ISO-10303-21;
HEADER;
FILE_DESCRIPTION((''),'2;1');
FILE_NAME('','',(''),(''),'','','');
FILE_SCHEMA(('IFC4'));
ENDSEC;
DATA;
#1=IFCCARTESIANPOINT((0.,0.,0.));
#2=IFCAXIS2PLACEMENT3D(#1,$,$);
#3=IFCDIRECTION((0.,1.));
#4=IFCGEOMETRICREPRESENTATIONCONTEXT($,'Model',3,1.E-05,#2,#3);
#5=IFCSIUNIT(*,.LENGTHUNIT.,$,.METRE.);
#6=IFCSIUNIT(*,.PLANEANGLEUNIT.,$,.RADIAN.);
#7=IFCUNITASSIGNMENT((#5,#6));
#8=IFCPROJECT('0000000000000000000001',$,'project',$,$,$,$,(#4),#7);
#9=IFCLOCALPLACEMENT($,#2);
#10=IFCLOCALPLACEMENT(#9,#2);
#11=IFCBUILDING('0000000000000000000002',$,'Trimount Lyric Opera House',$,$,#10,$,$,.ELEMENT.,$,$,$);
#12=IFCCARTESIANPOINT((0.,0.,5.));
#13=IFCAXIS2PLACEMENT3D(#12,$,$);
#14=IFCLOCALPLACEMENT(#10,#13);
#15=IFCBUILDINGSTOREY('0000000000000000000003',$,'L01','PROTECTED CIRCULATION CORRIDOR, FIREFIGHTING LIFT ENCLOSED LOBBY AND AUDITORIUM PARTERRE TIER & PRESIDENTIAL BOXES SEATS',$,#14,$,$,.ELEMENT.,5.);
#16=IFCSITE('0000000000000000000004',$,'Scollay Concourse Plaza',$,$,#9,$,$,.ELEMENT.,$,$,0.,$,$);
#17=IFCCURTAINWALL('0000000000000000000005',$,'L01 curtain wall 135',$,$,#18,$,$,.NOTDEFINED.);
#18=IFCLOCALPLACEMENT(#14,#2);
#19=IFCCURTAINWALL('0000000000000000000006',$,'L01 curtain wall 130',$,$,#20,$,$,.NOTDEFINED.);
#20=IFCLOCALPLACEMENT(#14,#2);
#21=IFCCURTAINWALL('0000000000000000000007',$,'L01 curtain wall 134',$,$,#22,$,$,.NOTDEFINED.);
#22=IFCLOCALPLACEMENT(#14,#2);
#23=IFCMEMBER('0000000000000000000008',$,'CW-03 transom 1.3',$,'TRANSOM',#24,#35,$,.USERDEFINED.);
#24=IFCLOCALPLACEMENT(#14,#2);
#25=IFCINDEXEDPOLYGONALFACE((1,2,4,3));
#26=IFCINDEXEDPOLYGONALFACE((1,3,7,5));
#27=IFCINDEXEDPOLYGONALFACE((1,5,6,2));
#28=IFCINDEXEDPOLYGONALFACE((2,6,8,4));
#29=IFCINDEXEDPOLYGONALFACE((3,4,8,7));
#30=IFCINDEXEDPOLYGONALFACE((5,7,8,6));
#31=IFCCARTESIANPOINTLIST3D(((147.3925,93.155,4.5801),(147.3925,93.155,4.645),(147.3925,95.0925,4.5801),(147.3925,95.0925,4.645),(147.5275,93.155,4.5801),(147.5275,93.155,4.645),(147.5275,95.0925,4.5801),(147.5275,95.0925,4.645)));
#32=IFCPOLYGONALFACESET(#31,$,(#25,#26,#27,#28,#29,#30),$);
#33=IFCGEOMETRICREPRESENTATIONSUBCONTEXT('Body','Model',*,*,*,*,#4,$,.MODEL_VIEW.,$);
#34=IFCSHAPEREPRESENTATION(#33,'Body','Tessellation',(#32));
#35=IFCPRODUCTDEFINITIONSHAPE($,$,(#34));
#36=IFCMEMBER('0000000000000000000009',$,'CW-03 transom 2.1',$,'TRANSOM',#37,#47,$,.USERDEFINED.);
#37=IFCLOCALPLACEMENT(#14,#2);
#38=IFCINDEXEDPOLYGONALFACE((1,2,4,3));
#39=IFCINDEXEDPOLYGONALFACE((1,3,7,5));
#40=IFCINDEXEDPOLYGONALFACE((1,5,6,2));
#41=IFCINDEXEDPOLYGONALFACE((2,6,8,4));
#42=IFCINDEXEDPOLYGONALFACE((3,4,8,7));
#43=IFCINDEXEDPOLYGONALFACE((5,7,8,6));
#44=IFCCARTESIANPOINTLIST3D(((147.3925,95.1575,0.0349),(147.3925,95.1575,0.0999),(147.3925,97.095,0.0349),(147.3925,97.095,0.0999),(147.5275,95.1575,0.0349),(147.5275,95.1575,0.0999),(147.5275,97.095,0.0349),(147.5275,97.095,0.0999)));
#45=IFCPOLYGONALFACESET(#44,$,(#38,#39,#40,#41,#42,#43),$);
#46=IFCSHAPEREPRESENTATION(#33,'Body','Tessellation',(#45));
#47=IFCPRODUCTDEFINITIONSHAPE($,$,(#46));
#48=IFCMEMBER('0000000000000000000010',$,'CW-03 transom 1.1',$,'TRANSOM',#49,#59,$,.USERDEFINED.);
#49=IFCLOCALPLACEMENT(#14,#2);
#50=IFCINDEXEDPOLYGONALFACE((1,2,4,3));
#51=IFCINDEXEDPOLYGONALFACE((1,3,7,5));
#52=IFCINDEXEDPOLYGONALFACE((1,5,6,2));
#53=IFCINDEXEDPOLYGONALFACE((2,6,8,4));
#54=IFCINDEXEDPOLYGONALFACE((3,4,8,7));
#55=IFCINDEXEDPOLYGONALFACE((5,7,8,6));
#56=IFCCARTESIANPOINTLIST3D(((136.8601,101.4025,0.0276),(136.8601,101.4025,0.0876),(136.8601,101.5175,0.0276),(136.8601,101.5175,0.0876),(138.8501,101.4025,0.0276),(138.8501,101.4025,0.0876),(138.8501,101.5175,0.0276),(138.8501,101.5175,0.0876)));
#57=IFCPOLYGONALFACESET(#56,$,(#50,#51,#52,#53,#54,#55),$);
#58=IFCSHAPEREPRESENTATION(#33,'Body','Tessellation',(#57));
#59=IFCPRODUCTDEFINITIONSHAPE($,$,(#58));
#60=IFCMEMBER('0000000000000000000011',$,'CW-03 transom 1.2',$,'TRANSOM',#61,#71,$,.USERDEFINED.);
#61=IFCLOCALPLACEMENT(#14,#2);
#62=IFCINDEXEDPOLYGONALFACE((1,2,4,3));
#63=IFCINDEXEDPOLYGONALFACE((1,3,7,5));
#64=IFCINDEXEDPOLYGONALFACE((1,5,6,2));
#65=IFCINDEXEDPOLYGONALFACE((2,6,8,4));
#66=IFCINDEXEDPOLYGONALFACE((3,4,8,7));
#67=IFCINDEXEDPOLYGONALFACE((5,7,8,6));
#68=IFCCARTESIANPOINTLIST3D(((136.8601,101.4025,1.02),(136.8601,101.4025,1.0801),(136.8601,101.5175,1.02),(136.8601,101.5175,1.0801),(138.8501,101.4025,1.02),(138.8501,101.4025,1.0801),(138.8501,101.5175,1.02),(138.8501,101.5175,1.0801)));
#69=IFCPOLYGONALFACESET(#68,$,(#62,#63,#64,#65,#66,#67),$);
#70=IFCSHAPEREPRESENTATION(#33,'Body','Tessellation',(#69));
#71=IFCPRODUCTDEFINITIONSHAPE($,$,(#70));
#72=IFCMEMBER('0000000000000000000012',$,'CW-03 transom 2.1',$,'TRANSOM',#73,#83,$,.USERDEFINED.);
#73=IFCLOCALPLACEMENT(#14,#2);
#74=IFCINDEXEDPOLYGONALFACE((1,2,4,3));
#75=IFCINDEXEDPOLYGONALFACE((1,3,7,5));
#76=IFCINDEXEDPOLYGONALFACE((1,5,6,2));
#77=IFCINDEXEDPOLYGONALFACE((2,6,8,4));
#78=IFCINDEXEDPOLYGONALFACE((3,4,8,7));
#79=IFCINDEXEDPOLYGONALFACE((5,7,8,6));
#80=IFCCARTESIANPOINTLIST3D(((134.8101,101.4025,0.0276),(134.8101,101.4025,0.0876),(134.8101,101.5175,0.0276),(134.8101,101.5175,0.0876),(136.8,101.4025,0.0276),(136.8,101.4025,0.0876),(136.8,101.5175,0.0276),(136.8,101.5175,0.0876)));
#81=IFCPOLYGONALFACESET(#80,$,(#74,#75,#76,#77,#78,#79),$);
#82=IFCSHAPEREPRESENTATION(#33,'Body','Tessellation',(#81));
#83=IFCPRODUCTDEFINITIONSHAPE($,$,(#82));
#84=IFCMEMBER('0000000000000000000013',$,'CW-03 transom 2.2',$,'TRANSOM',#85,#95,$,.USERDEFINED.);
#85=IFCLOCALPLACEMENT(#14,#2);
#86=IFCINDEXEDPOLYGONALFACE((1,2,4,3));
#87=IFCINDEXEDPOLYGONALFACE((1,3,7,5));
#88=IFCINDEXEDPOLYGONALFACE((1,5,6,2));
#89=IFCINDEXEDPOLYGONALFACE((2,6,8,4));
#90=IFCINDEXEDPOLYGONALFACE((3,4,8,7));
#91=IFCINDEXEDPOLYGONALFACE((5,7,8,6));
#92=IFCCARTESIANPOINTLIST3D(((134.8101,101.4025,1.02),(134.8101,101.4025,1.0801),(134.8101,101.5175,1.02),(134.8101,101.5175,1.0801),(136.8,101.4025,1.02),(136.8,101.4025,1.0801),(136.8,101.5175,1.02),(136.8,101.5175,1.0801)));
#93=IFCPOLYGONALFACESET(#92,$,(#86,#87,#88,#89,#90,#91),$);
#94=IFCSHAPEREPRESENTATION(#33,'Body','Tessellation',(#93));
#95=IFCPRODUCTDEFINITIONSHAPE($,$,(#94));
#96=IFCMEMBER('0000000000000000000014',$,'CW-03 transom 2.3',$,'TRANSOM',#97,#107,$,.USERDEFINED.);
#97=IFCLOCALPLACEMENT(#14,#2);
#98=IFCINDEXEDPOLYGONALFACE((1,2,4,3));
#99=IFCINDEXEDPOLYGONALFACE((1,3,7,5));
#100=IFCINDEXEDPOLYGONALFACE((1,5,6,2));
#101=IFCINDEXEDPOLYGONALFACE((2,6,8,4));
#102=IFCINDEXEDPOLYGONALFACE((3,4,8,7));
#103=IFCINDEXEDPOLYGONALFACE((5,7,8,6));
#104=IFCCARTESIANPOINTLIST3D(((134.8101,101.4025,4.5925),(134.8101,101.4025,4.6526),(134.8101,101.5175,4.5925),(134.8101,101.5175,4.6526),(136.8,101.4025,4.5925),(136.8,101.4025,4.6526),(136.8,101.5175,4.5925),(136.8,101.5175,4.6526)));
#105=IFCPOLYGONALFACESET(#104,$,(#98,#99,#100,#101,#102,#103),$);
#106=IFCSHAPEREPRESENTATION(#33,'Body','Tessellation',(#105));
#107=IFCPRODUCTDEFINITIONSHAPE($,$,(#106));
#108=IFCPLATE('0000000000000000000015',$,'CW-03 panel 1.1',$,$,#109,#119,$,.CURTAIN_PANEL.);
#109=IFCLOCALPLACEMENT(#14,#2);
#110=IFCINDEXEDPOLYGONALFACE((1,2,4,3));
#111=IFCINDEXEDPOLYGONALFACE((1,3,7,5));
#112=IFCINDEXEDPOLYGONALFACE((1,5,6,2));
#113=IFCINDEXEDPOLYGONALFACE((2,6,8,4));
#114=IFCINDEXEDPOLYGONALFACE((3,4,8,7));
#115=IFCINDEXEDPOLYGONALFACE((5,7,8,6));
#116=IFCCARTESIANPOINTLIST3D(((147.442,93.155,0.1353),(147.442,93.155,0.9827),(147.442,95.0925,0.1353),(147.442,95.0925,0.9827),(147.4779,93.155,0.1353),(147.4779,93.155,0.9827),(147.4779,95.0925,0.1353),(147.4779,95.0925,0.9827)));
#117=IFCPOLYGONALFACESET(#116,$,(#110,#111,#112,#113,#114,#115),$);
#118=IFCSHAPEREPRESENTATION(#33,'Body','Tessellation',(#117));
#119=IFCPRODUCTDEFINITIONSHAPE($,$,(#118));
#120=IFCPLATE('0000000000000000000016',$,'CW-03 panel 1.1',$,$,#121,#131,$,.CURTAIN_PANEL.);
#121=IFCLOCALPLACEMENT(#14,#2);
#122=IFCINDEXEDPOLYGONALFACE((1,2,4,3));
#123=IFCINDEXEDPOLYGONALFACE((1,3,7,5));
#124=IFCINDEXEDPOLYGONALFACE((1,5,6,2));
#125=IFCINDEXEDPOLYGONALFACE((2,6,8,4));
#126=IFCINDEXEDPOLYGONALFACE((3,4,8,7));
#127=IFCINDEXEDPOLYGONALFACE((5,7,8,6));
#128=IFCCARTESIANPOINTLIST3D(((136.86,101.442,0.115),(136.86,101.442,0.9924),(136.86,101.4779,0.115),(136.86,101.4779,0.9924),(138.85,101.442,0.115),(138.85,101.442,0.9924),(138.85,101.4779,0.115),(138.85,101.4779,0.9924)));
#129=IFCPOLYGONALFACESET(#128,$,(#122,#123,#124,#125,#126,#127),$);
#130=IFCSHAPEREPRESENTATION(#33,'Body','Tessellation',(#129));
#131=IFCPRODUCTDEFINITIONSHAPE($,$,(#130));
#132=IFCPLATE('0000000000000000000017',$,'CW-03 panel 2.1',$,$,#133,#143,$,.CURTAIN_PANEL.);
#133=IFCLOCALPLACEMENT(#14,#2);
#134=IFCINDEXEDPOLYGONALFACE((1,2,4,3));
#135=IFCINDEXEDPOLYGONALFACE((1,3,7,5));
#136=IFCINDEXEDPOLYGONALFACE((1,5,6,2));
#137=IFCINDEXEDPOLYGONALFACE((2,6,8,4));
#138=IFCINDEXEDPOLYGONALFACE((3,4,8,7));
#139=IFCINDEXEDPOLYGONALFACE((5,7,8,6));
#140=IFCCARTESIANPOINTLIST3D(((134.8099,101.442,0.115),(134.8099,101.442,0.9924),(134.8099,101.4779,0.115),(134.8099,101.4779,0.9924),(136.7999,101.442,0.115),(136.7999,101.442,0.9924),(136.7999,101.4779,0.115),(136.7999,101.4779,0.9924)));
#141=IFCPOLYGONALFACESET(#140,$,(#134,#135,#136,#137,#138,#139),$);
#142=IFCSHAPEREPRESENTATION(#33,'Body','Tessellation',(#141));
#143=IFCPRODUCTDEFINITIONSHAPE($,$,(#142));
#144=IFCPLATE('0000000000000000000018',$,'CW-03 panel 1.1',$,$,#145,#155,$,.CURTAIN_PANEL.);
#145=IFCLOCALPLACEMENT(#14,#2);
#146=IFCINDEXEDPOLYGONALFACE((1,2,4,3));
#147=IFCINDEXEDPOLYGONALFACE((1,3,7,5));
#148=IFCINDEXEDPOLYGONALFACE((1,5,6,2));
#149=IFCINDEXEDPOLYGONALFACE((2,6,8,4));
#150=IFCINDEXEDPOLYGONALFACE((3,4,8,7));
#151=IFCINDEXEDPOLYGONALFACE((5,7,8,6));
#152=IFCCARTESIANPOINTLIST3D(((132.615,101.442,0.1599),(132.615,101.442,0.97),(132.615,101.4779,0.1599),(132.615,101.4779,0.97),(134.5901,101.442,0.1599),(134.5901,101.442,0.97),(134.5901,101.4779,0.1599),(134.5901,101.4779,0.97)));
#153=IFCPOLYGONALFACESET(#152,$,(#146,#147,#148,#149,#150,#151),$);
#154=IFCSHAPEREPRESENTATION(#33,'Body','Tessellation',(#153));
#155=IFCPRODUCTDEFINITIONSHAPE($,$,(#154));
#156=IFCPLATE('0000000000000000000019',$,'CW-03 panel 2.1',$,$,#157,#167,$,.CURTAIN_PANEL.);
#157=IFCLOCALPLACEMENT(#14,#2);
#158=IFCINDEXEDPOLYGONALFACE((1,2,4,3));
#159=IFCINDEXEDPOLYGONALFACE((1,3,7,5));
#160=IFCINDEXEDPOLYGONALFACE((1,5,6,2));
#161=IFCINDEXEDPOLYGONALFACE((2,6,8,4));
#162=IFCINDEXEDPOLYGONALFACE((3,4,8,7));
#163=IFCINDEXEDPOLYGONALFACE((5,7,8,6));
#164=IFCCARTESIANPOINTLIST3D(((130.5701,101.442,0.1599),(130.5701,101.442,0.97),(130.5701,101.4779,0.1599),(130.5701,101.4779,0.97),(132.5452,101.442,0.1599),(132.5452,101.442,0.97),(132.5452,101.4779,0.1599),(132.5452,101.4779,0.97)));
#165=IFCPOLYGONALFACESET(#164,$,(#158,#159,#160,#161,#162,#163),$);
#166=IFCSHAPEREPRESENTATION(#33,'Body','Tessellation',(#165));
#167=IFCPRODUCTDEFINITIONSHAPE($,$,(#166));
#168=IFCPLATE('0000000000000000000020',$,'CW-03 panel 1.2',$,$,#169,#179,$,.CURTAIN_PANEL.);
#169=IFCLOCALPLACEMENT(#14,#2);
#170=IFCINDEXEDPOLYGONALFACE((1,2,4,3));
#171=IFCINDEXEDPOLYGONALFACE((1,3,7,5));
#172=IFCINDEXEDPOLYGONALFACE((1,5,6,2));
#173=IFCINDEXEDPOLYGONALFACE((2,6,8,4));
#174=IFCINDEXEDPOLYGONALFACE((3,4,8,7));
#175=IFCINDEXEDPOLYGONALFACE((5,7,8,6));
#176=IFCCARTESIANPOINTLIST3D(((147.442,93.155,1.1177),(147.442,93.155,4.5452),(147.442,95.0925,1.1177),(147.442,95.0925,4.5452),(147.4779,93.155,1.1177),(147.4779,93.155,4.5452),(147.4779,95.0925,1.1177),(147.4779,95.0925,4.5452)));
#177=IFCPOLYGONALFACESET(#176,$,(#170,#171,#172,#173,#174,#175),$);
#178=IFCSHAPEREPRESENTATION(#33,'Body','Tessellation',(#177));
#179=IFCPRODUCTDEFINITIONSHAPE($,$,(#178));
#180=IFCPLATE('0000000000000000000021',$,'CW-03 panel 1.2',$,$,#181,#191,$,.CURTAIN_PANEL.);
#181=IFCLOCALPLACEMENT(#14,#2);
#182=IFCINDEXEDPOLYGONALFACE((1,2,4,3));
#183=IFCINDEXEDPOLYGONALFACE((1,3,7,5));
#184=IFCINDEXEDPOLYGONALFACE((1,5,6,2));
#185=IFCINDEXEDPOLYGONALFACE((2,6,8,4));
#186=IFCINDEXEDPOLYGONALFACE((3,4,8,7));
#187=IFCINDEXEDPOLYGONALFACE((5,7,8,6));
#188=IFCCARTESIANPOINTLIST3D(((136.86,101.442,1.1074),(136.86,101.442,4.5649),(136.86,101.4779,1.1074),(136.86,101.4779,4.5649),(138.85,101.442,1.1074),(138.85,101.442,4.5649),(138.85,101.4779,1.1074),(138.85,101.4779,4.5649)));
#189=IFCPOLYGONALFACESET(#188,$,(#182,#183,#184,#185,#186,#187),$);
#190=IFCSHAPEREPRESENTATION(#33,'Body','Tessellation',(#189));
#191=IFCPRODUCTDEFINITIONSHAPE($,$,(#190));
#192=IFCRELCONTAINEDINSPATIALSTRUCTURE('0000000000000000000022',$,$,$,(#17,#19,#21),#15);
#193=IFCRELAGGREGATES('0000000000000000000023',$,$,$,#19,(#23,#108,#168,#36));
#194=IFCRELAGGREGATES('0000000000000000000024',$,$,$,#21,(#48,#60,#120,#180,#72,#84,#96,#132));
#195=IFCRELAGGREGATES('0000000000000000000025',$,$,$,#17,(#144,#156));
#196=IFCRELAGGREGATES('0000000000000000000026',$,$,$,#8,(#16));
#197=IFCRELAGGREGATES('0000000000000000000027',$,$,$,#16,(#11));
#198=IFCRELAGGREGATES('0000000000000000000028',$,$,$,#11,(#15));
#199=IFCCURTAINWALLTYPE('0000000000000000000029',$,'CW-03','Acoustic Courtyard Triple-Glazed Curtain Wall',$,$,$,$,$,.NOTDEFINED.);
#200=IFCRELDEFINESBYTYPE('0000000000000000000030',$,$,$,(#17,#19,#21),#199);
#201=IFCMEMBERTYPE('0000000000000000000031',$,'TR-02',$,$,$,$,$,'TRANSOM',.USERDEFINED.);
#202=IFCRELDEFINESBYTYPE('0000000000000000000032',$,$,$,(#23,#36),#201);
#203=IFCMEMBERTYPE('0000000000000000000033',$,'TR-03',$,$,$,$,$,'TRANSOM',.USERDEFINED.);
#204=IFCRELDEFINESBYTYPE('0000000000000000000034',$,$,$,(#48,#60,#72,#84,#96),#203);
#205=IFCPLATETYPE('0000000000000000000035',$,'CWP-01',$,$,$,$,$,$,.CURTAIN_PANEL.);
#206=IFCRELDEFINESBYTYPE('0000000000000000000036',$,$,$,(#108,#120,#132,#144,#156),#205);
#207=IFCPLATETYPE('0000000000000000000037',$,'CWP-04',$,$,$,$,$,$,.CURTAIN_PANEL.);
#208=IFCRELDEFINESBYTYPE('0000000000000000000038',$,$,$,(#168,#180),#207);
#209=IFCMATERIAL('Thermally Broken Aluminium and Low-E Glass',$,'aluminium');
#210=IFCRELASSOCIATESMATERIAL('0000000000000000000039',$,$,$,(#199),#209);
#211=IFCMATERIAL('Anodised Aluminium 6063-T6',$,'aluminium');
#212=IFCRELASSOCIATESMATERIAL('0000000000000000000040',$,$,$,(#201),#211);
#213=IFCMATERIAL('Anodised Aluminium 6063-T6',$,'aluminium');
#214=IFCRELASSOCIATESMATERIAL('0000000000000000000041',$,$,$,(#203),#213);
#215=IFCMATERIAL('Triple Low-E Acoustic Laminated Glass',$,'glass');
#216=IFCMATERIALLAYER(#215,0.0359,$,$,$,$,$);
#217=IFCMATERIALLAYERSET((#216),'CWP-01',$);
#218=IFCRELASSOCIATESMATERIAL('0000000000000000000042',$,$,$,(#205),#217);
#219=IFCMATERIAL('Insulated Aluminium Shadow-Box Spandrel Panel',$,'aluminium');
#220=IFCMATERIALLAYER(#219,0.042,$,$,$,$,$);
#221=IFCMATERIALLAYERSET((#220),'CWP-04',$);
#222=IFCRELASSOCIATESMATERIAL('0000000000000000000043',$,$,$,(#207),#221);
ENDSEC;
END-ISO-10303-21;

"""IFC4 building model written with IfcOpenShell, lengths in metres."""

from ifc_helpers import new_model, si_unit, direction, frame, origin, origin_2d, place, context, subcontext, project, spatial, rectangle, extrude, material, layer, layer_set, material_profile, profile_set, type_object, element, aggregate, save


model = new_model("IFC4")

# Units and contexts
model_context = context("Model", 3, precision=1e-05, world=origin(), true_north=direction((0.0, 1.0)))
body_context = subcontext(model_context, "Body", "Model", "MODEL_VIEW")
ifc_project = project(units=[si_unit("LENGTHUNIT", "METRE"), si_unit("PLANEANGLEUNIT", "RADIAN")], contexts=[model_context])

# Site, building, storey
site_placement = place(None, origin())
site = spatial("IfcSite", under=ifc_project, at=site_placement, Name="Scollay Concourse Plaza", CompositionType="ELEMENT", RefElevation=0.0)
building_placement = place(site_placement, origin())
building = spatial("IfcBuilding", under=site, at=building_placement, Name="Trimount Lyric Opera House", CompositionType="ELEMENT")
storey_placement = place(building_placement, frame((0.0, 0.0, 5.0)))
storey = spatial("IfcBuildingStorey", under=building, at=storey_placement, Name="L01", Description="PROTECTED CIRCULATION CORRIDOR, FIREFIGHTING LIFT ENCLOSED LOBBY AND AUDITORIUM PARTERRE TIER & PRESIDENTIAL BOXES SEATS", CompositionType="ELEMENT", Elevation=5.0)

# Curtain wall
ifc_material_1 = material(Name="Thermally Broken Aluminium and Low-E Glass", Category="aluminium")
curtain_wall_type = type_object("IfcCurtainWallType", Name="CW-03", Description="Acoustic Courtyard Triple-Glazed Curtain Wall", PredefinedType="NOTDEFINED", material=ifc_material_1)
curtain_wall_1_placement = place(storey_placement, origin())
curtain_wall_1 = element("IfcCurtainWall", 1, at=curtain_wall_1_placement, inside=storey, type_object=curtain_wall_type, Name="L01 curtain wall 135", PredefinedType="NOTDEFINED")

# Curtain wall
curtain_wall_2_placement = place(storey_placement, origin())
curtain_wall_2 = element("IfcCurtainWall", 2, at=curtain_wall_2_placement, inside=storey, type_object=curtain_wall_type, Name="L01 curtain wall 130", PredefinedType="NOTDEFINED")

# Curtain wall
curtain_wall_3_placement = place(storey_placement, origin())
curtain_wall_3 = element("IfcCurtainWall", 3, at=curtain_wall_3_placement, inside=storey, type_object=curtain_wall_type, Name="L01 curtain wall 134", PredefinedType="NOTDEFINED")

# Members
ifc_material_2 = material(Name="Anodised Aluminium 6063-T6", Category="aluminium")
ifc_material_profile_1 = material_profile(ifc_material_2, rectangle(XDim=0.135, YDim=0.0649, at=origin_2d()), Name="ALU-TRAN-65X135")
ifc_profile_set_1 = profile_set([ifc_material_profile_1], Name="Anodised Aluminium 6063-T6")
member_type_1 = type_object("IfcMemberType", Name="TR-02", ElementType="TRANSOM", PredefinedType="USERDEFINED", material=ifc_profile_set_1)
member_1_placement = place(storey_placement, frame((147.46, 93.155, 4.6125), z_axis=(0.0, 1.0, 0.0), x_axis=(-1.0, 0.0, 0.0)))
member_1 = element("IfcMember", 4, at=member_1_placement, type_object=member_type_1, Name="CW-03 transom 1.3", ObjectType="TRANSOM", PredefinedType="USERDEFINED", context=body_context, shape_type="SweptSolid", body=[
    extrude(rectangle(XDim=0.135, YDim=0.0649, at=origin_2d()), origin(), (0.0, 0.0, 1.0), 1.9375),
])
member_2_placement = place(storey_placement, frame((147.46, 95.1575, 0.0674), z_axis=(0.0, 1.0, 0.0), x_axis=(-1.0, 0.0, 0.0)))
member_2 = element("IfcMember", 5, at=member_2_placement, type_object=member_type_1, Name="CW-03 transom 2.1", ObjectType="TRANSOM", PredefinedType="USERDEFINED", context=body_context, shape_type="SweptSolid", body=[
    extrude(rectangle(XDim=0.135, YDim=0.0649, at=origin_2d()), origin(), (0.0, 0.0, 1.0), 1.9375),
])
ifc_material_3 = material(Name="Anodised Aluminium 6063-T6", Category="aluminium")
ifc_material_profile_2 = material_profile(ifc_material_3, rectangle(XDim=0.115, YDim=0.0601, at=origin_2d()), Name="ALU-TRAN-60X115")
ifc_profile_set_2 = profile_set([ifc_material_profile_2], Name="Anodised Aluminium 6063-T6")
member_type_2 = type_object("IfcMemberType", Name="TR-03", ElementType="TRANSOM", PredefinedType="USERDEFINED", material=ifc_profile_set_2)
member_3_placement = place(storey_placement, frame((138.8501, 101.46, 0.0576), z_axis=(-1.0, 0.0, 0.0), x_axis=(0.0, -1.0, 0.0)))
member_3 = element("IfcMember", 6, at=member_3_placement, type_object=member_type_2, Name="CW-03 transom 1.1", ObjectType="TRANSOM", PredefinedType="USERDEFINED", context=body_context, shape_type="SweptSolid", body=[
    extrude(rectangle(XDim=0.115, YDim=0.0601, at=origin_2d()), origin(), (0.0, 0.0, 1.0), 1.99),
])
member_4_placement = place(storey_placement, frame((138.8501, 101.46, 1.05), z_axis=(-1.0, 0.0, 0.0), x_axis=(0.0, -1.0, 0.0)))
member_4 = element("IfcMember", 7, at=member_4_placement, type_object=member_type_2, Name="CW-03 transom 1.2", ObjectType="TRANSOM", PredefinedType="USERDEFINED", context=body_context, shape_type="SweptSolid", body=[
    extrude(rectangle(XDim=0.115, YDim=0.0601, at=origin_2d()), origin(), (0.0, 0.0, 1.0), 1.99),
])
member_5_placement = place(storey_placement, frame((136.8, 101.46, 0.0576), z_axis=(-1.0, 0.0, 0.0), x_axis=(0.0, -1.0, 0.0)))
member_5 = element("IfcMember", 8, at=member_5_placement, type_object=member_type_2, Name="CW-03 transom 2.1", ObjectType="TRANSOM", PredefinedType="USERDEFINED", context=body_context, shape_type="SweptSolid", body=[
    extrude(rectangle(XDim=0.115, YDim=0.0601, at=origin_2d()), origin(), (0.0, 0.0, 1.0), 1.99),
])
member_6_placement = place(storey_placement, frame((136.8, 101.46, 1.05), z_axis=(-1.0, 0.0, 0.0), x_axis=(0.0, -1.0, 0.0)))
member_6 = element("IfcMember", 9, at=member_6_placement, type_object=member_type_2, Name="CW-03 transom 2.2", ObjectType="TRANSOM", PredefinedType="USERDEFINED", context=body_context, shape_type="SweptSolid", body=[
    extrude(rectangle(XDim=0.115, YDim=0.0601, at=origin_2d()), origin(), (0.0, 0.0, 1.0), 1.99),
])
member_7_placement = place(storey_placement, frame((136.8, 101.46, 4.6226), z_axis=(-1.0, 0.0, 0.0), x_axis=(0.0, -1.0, 0.0)))
member_7 = element("IfcMember", 10, at=member_7_placement, type_object=member_type_2, Name="CW-03 transom 2.3", ObjectType="TRANSOM", PredefinedType="USERDEFINED", context=body_context, shape_type="SweptSolid", body=[
    extrude(rectangle(XDim=0.115, YDim=0.0601, at=origin_2d()), origin(), (0.0, 0.0, 1.0), 1.99),
])

# Plates
ifc_material_4 = material(Name="Triple Low-E Acoustic Laminated Glass", Category="glass")
ifc_layer_1 = layer(ifc_material_4, 0.0359)
ifc_layer_set_1 = layer_set([ifc_layer_1], Name="CWP-01")
plate_type_1 = type_object("IfcPlateType", Name="CWP-01", PredefinedType="CURTAIN_PANEL", material=ifc_layer_set_1)
plate_1_placement = place(storey_placement, frame((147.46, 94.1238, 0.1353), z_axis=(0.0, 0.0, 1.0), x_axis=(0.0, 1.0, 0.0)))
plate_1 = element("IfcPlate", 11, at=plate_1_placement, type_object=plate_type_1, Name="CW-03 panel 1.1", PredefinedType="CURTAIN_PANEL", context=body_context, shape_type="SweptSolid", body=[
    extrude(rectangle(XDim=1.9375, YDim=0.0359, at=origin_2d()), origin(), (0.0, 0.0, 1.0), 0.8474),
])
plate_2_placement = place(storey_placement, frame((137.855, 101.46, 0.115), z_axis=(0.0, 0.0, 1.0), x_axis=(-1.0, 0.0, 0.0)))
plate_2 = element("IfcPlate", 12, at=plate_2_placement, type_object=plate_type_1, Name="CW-03 panel 1.1", PredefinedType="CURTAIN_PANEL", context=body_context, shape_type="SweptSolid", body=[
    extrude(rectangle(XDim=1.99, YDim=0.0359, at=origin_2d()), origin(), (0.0, 0.0, 1.0), 0.8774),
])
plate_3_placement = place(storey_placement, frame((135.8049, 101.46, 0.115), z_axis=(0.0, 0.0, 1.0), x_axis=(-1.0, 0.0, 0.0)))
plate_3 = element("IfcPlate", 13, at=plate_3_placement, type_object=plate_type_1, Name="CW-03 panel 2.1", PredefinedType="CURTAIN_PANEL", context=body_context, shape_type="SweptSolid", body=[
    extrude(rectangle(XDim=1.99, YDim=0.0359, at=origin_2d()), origin(), (0.0, 0.0, 1.0), 0.8774),
])
plate_4_placement = place(storey_placement, frame((133.6025, 101.46, 0.1599), z_axis=(0.0, 0.0, 1.0), x_axis=(-1.0, 0.0, 0.0)))
plate_4 = element("IfcPlate", 14, at=plate_4_placement, type_object=plate_type_1, Name="CW-03 panel 1.1", PredefinedType="CURTAIN_PANEL", context=body_context, shape_type="SweptSolid", body=[
    extrude(rectangle(XDim=1.9751, YDim=0.0359, at=origin_2d()), origin(), (0.0, 0.0, 1.0), 0.8101),
])
plate_5_placement = place(storey_placement, frame((131.5576, 101.46, 0.1599), z_axis=(0.0, 0.0, 1.0), x_axis=(-1.0, 0.0, 0.0)))
plate_5 = element("IfcPlate", 15, at=plate_5_placement, type_object=plate_type_1, Name="CW-03 panel 2.1", PredefinedType="CURTAIN_PANEL", context=body_context, shape_type="SweptSolid", body=[
    extrude(rectangle(XDim=1.9751, YDim=0.0359, at=origin_2d()), origin(), (0.0, 0.0, 1.0), 0.8101),
])
ifc_material_5 = material(Name="Insulated Aluminium Shadow-Box Spandrel Panel", Category="aluminium")
ifc_layer_2 = layer(ifc_material_5, 0.042)
ifc_layer_set_2 = layer_set([ifc_layer_2], Name="CWP-04")
plate_type_2 = type_object("IfcPlateType", Name="CWP-04", PredefinedType="CURTAIN_PANEL", material=ifc_layer_set_2)
plate_6_placement = place(storey_placement, frame((147.46, 94.1238, 1.1177), z_axis=(0.0, 0.0, 1.0), x_axis=(0.0, 1.0, 0.0)))
plate_6 = element("IfcPlate", 16, at=plate_6_placement, type_object=plate_type_2, Name="CW-03 panel 1.2", PredefinedType="CURTAIN_PANEL", context=body_context, shape_type="SweptSolid", body=[
    extrude(rectangle(XDim=1.9375, YDim=0.0359, at=origin_2d()), origin(), (0.0, 0.0, 1.0), 3.4275),
])
aggregate(curtain_wall_2, [member_1, plate_1, plate_6, member_2])
plate_7_placement = place(storey_placement, frame((137.855, 101.46, 1.1074), z_axis=(0.0, 0.0, 1.0), x_axis=(-1.0, 0.0, 0.0)))
plate_7 = element("IfcPlate", 17, at=plate_7_placement, type_object=plate_type_2, Name="CW-03 panel 1.2", PredefinedType="CURTAIN_PANEL", context=body_context, shape_type="SweptSolid", body=[
    extrude(rectangle(XDim=1.99, YDim=0.0359, at=origin_2d()), origin(), (0.0, 0.0, 1.0), 3.4575),
])
aggregate(curtain_wall_3, [member_3, member_4, plate_2, plate_7, member_5, member_6, member_7, plate_3])
aggregate(curtain_wall_1, [plate_4, plate_5])

save(model, "model.ifc")
